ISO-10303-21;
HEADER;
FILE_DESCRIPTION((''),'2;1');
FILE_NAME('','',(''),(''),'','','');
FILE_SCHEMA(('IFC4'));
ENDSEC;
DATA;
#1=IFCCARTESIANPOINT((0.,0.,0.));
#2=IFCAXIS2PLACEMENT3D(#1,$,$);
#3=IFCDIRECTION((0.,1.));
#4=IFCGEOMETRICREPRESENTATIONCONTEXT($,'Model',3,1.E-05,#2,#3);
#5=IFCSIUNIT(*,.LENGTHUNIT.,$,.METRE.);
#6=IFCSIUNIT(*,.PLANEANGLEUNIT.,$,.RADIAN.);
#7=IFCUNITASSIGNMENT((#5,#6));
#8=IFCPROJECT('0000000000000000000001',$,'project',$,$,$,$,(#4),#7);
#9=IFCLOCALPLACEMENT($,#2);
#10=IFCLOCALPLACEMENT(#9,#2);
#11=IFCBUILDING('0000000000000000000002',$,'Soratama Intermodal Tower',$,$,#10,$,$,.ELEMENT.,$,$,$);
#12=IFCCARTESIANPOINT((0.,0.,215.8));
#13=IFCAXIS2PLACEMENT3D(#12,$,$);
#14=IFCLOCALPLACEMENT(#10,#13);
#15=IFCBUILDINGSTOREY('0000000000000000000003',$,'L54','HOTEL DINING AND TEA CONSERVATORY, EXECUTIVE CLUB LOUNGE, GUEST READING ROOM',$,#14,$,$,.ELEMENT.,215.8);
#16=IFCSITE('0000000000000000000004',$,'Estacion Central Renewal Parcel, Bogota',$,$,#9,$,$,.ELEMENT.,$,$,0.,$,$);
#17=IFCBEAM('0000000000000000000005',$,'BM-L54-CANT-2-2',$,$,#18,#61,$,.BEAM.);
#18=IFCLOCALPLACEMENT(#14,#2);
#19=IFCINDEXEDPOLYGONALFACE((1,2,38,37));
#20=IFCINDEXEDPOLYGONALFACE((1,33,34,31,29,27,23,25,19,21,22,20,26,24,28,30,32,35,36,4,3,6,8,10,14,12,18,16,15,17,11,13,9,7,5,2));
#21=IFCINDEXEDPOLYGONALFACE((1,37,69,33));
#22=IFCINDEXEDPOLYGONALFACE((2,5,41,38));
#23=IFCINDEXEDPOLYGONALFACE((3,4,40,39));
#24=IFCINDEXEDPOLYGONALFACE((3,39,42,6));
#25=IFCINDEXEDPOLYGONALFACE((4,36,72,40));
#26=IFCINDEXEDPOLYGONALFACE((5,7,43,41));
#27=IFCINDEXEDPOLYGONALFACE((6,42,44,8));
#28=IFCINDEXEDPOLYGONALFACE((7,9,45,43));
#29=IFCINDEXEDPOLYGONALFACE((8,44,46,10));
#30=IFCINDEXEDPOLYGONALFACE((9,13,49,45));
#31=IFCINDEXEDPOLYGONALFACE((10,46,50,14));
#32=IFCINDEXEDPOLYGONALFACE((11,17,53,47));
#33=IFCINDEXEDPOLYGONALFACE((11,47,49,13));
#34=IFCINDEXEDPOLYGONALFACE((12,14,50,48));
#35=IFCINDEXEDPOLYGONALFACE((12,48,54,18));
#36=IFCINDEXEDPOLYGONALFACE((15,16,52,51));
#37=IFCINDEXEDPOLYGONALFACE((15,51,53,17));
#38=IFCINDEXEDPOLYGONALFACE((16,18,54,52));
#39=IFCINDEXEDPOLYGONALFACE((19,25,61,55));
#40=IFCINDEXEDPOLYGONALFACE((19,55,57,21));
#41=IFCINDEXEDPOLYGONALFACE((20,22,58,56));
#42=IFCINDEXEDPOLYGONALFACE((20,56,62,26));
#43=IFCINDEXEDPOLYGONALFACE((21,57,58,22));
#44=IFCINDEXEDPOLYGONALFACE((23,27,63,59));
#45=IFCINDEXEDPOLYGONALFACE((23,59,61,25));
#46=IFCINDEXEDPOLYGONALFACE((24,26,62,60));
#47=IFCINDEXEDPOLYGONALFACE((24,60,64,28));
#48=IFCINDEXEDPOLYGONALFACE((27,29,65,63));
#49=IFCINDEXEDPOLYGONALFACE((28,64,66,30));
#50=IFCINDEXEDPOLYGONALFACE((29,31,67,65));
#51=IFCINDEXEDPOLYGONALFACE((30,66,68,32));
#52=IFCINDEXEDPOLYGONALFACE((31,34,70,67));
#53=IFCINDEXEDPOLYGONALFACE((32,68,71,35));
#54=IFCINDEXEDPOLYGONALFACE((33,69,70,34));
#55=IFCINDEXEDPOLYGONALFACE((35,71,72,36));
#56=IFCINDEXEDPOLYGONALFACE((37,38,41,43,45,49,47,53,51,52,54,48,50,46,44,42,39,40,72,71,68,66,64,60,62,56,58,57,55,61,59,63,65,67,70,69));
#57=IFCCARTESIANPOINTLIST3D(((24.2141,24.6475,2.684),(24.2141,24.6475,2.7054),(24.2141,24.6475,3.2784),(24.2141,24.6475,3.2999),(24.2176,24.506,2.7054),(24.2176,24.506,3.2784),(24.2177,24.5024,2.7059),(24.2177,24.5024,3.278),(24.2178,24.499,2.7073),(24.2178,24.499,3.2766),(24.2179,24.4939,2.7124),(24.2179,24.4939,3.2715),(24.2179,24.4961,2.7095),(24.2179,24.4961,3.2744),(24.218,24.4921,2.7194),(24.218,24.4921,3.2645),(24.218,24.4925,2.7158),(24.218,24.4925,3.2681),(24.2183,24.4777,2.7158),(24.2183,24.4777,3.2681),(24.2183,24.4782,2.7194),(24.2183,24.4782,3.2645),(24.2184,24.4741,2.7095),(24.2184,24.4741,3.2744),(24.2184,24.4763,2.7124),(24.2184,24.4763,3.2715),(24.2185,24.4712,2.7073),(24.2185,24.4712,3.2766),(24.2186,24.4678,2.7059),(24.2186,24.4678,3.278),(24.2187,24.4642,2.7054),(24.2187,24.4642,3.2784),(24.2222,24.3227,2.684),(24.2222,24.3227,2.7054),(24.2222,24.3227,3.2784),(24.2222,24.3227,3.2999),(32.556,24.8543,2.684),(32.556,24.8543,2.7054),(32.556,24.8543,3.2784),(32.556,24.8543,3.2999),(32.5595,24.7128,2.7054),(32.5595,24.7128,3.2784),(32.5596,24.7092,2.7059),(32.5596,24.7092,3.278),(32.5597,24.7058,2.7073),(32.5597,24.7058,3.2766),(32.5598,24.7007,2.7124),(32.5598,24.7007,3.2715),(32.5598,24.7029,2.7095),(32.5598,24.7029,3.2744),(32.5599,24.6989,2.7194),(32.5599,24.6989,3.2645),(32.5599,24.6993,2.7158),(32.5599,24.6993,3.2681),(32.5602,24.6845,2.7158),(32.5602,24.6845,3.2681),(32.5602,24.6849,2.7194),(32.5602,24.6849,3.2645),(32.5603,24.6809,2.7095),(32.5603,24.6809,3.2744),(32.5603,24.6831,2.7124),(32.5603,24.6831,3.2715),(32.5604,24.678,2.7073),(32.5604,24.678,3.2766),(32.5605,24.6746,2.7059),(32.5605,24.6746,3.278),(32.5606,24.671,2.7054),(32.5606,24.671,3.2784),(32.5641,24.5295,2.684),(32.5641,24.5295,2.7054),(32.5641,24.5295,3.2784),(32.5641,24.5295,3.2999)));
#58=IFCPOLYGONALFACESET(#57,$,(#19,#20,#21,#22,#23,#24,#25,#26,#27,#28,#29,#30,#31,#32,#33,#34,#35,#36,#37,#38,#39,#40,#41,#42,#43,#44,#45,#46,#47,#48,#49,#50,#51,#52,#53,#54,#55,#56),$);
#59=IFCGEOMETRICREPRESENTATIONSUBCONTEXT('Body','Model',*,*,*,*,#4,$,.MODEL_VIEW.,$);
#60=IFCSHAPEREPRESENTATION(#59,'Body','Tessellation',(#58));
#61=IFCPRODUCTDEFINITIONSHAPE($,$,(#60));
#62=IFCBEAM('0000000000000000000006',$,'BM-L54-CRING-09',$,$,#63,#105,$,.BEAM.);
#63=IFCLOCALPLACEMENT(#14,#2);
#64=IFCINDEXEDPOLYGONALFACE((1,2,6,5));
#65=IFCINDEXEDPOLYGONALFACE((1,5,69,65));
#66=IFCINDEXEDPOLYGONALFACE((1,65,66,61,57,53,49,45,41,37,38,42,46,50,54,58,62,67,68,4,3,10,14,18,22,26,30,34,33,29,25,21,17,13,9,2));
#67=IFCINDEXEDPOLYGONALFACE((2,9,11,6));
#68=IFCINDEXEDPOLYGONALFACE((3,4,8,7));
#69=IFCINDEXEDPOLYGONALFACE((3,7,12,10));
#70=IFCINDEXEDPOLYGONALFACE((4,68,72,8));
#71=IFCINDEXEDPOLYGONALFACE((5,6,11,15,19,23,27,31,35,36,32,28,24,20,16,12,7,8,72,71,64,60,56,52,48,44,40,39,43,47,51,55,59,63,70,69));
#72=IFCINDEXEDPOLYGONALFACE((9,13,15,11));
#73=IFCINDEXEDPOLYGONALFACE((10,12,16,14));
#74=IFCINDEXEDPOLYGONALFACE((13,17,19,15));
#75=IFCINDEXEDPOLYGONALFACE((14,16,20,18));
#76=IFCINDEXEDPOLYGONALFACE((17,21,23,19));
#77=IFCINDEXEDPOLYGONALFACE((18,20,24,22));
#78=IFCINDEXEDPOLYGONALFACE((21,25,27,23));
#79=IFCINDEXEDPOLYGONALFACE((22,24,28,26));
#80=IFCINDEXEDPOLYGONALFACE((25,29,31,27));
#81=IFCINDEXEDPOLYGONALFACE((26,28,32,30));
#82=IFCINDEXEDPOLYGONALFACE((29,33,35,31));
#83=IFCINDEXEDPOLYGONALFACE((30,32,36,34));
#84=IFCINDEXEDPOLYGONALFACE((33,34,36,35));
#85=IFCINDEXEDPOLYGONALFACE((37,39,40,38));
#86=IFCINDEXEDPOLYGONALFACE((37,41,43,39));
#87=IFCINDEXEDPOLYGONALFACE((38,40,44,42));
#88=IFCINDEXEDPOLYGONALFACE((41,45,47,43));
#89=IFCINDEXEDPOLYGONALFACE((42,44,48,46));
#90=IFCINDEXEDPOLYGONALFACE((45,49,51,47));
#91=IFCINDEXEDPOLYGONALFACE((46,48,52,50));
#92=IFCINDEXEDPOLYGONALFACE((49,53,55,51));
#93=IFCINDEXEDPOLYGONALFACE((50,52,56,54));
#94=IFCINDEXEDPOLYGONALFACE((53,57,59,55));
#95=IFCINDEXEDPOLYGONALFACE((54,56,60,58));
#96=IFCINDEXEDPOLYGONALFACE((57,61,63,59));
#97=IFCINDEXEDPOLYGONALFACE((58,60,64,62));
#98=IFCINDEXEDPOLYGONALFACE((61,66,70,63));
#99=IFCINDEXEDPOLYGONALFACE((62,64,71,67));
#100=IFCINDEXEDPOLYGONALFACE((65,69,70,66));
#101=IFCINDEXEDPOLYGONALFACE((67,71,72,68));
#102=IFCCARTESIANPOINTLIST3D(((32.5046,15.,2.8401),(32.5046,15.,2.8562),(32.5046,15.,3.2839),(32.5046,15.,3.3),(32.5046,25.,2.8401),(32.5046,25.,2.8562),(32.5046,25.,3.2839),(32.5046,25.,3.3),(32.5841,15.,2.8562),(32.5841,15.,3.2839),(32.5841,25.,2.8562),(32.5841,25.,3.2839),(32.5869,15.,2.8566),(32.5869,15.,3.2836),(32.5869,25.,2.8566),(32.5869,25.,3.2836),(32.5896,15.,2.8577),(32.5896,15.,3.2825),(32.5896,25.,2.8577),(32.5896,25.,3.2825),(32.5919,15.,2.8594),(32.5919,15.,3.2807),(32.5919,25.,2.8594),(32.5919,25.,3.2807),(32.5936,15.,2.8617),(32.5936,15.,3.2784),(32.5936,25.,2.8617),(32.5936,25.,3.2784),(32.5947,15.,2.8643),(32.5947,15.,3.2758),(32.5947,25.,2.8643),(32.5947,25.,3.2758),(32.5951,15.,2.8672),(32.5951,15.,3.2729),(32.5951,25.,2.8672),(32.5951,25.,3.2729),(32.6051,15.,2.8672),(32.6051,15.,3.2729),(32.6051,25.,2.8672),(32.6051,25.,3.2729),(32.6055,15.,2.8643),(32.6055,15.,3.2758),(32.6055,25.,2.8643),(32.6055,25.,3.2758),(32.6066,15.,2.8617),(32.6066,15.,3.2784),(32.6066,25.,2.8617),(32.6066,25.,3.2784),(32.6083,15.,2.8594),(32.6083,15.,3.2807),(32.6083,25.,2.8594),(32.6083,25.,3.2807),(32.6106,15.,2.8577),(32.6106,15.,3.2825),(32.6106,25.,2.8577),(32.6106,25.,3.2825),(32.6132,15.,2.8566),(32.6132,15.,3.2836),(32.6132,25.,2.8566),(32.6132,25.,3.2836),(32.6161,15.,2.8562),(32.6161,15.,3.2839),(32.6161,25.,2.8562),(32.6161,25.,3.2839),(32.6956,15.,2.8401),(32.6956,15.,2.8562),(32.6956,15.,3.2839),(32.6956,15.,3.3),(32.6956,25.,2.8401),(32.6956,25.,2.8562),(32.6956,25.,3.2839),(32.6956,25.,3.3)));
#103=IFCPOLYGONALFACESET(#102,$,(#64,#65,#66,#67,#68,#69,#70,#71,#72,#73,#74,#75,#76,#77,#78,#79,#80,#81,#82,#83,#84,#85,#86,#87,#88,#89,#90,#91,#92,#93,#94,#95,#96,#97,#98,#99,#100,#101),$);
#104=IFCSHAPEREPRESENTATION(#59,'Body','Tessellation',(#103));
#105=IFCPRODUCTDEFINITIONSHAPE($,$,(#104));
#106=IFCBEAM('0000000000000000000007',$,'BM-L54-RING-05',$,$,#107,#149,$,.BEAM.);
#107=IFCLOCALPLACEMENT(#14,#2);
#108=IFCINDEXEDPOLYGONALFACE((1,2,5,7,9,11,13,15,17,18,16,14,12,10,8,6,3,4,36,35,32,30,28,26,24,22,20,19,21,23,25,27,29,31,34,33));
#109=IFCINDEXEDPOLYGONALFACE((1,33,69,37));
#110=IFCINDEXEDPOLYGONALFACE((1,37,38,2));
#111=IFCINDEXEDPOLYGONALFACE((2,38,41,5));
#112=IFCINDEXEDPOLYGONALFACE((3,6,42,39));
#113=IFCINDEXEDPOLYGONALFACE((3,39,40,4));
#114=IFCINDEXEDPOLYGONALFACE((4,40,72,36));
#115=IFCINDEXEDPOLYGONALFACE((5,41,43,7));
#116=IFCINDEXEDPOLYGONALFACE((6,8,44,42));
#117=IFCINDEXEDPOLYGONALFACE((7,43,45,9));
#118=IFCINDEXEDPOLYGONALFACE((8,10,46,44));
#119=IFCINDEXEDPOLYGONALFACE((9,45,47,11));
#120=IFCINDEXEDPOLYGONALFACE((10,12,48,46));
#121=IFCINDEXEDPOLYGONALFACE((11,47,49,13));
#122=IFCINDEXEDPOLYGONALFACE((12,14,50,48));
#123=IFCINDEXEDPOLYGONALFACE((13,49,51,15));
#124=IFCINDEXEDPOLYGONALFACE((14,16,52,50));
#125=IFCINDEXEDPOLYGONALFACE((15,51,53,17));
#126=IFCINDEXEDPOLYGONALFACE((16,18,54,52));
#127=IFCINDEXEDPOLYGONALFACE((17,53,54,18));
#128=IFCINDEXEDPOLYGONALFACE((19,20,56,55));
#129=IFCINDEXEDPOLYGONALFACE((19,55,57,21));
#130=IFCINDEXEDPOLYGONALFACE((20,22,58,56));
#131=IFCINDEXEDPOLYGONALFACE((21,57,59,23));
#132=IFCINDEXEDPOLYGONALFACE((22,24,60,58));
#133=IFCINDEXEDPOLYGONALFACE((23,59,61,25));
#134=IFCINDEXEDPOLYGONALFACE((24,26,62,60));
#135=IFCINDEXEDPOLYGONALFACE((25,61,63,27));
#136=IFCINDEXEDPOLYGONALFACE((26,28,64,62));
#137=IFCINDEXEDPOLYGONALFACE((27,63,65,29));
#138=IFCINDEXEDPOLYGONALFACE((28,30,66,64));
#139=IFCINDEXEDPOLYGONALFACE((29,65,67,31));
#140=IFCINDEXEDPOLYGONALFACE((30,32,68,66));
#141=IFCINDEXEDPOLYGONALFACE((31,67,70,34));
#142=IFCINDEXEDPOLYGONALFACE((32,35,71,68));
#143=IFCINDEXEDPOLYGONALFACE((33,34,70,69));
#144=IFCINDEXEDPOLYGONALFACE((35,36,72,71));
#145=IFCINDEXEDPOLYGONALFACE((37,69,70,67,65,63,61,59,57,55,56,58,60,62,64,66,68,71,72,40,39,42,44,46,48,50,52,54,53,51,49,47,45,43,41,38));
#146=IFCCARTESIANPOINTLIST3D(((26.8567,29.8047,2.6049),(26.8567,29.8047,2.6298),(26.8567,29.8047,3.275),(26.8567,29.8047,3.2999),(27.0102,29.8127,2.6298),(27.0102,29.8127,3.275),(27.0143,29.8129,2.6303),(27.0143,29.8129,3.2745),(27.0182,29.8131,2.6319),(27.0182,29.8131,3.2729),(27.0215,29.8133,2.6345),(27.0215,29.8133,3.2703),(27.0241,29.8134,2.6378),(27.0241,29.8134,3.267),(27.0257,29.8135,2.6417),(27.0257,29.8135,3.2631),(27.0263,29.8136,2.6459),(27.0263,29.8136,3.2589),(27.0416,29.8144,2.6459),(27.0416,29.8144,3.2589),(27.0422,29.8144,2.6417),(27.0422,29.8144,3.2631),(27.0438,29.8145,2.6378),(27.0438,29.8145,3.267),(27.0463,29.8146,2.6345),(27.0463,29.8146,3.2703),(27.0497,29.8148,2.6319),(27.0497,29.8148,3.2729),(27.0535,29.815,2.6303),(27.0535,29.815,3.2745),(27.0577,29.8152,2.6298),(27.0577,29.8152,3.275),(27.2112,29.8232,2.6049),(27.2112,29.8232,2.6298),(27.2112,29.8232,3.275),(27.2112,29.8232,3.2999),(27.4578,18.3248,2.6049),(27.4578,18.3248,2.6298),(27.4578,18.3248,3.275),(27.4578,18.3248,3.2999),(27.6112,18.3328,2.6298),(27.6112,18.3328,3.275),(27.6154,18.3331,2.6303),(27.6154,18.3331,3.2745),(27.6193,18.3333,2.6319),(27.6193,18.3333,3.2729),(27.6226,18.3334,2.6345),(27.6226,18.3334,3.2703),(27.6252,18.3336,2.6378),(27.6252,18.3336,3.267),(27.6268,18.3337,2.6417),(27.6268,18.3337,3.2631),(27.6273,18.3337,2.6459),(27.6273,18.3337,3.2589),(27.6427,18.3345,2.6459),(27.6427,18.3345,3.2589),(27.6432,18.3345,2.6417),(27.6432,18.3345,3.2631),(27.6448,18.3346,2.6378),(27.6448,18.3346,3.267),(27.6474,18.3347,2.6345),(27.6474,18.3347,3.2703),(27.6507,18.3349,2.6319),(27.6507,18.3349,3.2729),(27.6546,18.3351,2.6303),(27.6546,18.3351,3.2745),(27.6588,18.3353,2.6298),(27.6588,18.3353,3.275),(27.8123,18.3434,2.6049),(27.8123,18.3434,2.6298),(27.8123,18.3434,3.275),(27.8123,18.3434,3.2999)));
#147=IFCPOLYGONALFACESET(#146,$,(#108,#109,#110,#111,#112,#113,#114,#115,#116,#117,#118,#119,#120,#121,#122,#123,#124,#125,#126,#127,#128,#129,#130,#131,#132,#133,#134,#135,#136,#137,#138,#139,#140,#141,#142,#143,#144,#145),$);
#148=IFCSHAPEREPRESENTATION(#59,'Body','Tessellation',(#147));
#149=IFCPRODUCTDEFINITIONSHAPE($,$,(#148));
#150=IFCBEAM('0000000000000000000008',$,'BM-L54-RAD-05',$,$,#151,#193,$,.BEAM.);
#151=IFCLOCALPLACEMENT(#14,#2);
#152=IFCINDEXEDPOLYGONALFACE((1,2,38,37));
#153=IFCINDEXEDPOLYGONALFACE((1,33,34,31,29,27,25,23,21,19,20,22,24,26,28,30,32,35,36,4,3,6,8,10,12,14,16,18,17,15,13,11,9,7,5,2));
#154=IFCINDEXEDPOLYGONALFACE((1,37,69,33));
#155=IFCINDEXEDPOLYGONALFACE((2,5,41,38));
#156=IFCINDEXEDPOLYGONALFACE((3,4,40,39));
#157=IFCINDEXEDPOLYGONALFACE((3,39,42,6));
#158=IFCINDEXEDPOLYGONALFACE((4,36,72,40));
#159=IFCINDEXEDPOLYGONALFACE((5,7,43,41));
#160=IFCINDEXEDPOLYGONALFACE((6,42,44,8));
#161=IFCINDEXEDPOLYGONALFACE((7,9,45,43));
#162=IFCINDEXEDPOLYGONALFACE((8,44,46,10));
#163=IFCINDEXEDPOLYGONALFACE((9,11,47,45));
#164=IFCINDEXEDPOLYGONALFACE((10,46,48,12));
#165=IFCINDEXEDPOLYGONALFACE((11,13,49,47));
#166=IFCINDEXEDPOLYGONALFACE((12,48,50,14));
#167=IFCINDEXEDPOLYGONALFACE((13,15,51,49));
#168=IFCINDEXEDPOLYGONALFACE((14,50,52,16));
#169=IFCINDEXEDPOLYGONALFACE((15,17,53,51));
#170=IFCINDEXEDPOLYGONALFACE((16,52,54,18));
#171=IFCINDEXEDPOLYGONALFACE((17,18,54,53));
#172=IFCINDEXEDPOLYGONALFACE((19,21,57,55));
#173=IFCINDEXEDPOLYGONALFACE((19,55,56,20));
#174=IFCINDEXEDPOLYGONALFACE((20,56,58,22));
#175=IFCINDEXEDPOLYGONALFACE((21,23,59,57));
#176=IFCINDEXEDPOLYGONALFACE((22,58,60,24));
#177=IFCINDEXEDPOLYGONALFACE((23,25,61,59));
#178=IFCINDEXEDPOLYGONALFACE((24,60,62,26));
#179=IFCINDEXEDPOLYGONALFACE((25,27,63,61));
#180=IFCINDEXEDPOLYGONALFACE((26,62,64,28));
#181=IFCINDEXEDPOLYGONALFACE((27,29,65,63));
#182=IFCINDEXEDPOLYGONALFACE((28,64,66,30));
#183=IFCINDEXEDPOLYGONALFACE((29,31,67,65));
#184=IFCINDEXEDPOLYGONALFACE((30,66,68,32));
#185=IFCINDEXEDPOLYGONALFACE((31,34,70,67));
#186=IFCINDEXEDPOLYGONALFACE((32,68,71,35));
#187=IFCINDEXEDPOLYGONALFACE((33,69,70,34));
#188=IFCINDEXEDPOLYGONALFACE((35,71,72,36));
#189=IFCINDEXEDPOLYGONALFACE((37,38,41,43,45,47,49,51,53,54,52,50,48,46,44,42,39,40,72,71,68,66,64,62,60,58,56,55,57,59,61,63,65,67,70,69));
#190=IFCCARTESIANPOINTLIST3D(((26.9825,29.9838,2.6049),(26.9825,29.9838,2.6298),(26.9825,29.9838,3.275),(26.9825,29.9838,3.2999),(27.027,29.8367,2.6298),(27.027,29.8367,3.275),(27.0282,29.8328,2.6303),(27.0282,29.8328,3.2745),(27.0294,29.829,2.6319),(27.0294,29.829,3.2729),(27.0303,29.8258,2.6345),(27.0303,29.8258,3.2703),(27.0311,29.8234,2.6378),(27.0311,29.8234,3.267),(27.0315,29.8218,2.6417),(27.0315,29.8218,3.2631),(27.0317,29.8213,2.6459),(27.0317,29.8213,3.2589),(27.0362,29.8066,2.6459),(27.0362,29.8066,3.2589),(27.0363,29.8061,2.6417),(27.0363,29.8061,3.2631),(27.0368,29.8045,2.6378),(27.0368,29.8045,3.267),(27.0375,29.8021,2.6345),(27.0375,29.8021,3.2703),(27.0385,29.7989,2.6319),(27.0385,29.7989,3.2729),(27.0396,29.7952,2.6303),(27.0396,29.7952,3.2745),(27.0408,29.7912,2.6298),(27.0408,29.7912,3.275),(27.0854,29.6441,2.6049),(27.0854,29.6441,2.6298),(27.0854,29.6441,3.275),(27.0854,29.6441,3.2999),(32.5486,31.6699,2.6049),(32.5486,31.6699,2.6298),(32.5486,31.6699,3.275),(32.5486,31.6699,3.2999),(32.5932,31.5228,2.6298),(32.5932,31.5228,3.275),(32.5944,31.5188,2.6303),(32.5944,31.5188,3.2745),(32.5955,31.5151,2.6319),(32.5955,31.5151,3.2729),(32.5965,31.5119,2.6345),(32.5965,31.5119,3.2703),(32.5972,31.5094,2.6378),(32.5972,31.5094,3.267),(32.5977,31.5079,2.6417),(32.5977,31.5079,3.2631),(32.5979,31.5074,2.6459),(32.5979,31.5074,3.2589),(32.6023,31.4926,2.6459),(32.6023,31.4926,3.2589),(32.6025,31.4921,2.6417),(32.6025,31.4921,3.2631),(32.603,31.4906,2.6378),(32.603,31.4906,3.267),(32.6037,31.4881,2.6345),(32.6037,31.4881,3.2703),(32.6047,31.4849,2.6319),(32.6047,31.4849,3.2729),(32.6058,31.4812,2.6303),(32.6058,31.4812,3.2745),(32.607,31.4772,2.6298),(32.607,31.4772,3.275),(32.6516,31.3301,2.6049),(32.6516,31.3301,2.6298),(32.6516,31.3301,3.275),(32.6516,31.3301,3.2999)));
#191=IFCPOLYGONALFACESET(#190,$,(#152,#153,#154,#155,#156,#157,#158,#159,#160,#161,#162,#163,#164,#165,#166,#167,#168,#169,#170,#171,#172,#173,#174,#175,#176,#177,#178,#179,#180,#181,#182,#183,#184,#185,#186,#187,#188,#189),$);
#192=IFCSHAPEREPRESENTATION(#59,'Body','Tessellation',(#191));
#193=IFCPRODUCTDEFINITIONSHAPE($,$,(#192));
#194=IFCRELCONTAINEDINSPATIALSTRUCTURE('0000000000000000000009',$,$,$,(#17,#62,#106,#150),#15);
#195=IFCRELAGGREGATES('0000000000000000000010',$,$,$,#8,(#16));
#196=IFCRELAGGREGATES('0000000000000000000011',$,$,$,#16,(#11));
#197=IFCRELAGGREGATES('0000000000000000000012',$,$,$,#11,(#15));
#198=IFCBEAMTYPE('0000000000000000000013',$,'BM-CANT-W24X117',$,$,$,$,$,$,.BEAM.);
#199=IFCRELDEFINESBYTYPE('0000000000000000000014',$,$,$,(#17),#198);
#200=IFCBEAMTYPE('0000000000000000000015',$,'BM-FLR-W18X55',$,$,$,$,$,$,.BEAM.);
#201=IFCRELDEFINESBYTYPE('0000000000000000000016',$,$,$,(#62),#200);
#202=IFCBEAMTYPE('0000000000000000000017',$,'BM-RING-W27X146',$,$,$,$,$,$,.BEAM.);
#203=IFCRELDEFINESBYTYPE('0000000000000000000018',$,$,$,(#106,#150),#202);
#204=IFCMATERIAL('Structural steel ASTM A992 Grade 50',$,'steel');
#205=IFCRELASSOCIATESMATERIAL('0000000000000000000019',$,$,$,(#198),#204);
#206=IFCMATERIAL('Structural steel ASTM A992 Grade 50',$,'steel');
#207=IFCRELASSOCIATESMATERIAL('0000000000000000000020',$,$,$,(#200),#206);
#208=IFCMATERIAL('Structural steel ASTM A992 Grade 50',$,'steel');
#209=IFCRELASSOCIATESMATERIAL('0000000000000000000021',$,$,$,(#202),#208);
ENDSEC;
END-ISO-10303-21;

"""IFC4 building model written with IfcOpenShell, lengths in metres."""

from ifc_helpers import new_model, si_unit, direction, frame, origin, origin_2d, place, context, subcontext, project, spatial, i_section, extrude, material, material_profile, profile_set, type_object, element, save


model = new_model("IFC4")

# Units and contexts
model_context = context("Model", 3, precision=1e-05, world=origin(), true_north=direction((0.0, 1.0)))
body_context = subcontext(model_context, "Body", "Model", "MODEL_VIEW")
ifc_project = project(units=[si_unit("LENGTHUNIT", "METRE"), si_unit("PLANEANGLEUNIT", "RADIAN")], contexts=[model_context])

# Site, building, storey
site_placement = place(None, origin())
site = spatial("IfcSite", under=ifc_project, at=site_placement, Name="Estacion Central Renewal Parcel, Bogota", CompositionType="ELEMENT", RefElevation=0.0)
building_placement = place(site_placement, origin())
building = spatial("IfcBuilding", under=site, at=building_placement, Name="Soratama Intermodal Tower", CompositionType="ELEMENT")
storey_placement = place(building_placement, frame((0.0, 0.0, 215.8)))
storey = spatial("IfcBuildingStorey", under=building, at=storey_placement, Name="L54", Description="HOTEL DINING AND TEA CONSERVATORY, EXECUTIVE CLUB LOUNGE, GUEST READING ROOM", CompositionType="ELEMENT", Elevation=215.8)

# Beams
ifc_material_1 = material(Name="Structural steel ASTM A992 Grade 50", Category="steel")
ifc_material_profile_1 = material_profile(ifc_material_1, i_section(OverallWidth=0.325, OverallDepth=0.616, WebThickness=0.0139, FlangeThickness=0.0215, FilletRadius=0.0139, at=origin_2d()), Name="W24X117")
ifc_profile_set_1 = profile_set([ifc_material_profile_1], Name="Structural steel ASTM A992 Grade 50")
beam_type_1 = type_object("IfcBeamType", Name="BM-CANT-W24X117", PredefinedType="BEAM", material=ifc_profile_set_1)
beam_1_placement = place(storey_placement, frame((32.5601, 24.6919, 2.9919), z_axis=(-0.999693, -0.024781, 0.0), x_axis=(0.024781, -0.999693, 0.0)))
element("IfcBeam", 1, at=beam_1_placement, inside=storey, type_object=beam_type_1, Name="BM-L54-CANT-2-2", PredefinedType="BEAM", context=body_context, shape_type="SweptSolid", body=[
    extrude(i_section(OverallWidth=0.325, OverallDepth=0.616, WebThickness=0.0139, FlangeThickness=0.0215, FilletRadius=0.0139, at=origin_2d()), origin(), (0.0, 0.0, 1.0), 8.3445),
])
ifc_material_2 = material(Name="Structural steel ASTM A992 Grade 50", Category="steel")
ifc_material_profile_2 = material_profile(ifc_material_2, i_section(OverallWidth=0.1909, OverallDepth=0.46, WebThickness=0.01, FlangeThickness=0.0161, FilletRadius=0.011, at=origin_2d()), Name="W18X55")
ifc_profile_set_2 = profile_set([ifc_material_profile_2], Name="Structural steel ASTM A992 Grade 50")
beam_type_2 = type_object("IfcBeamType", Name="BM-FLR-W18X55", PredefinedType="BEAM", material=ifc_profile_set_2)
beam_2_placement = place(storey_placement, frame((32.6001, 25.0, 3.0701), z_axis=(0.0, -1.0, 0.0), x_axis=(1.0, 0.0, 0.0)))
element("IfcBeam", 2, at=beam_2_placement, inside=storey, type_object=beam_type_2, Name="BM-L54-CRING-09", PredefinedType="BEAM", context=body_context, shape_type="SweptSolid", body=[
    extrude(i_section(OverallWidth=0.1909, OverallDepth=0.46, WebThickness=0.01, FlangeThickness=0.0161, FilletRadius=0.011, at=origin_2d()), origin(), (0.0, 0.0, 1.0), 10.0),
])
ifc_material_3 = material(Name="Structural steel ASTM A992 Grade 50", Category="steel")
ifc_material_profile_3 = material_profile(ifc_material_3, i_section(OverallWidth=0.355, OverallDepth=0.6951, WebThickness=0.0154, FlangeThickness=0.0249, FilletRadius=0.0161, at=origin_2d()), Name="W27X146")
ifc_profile_set_3 = profile_set([ifc_material_profile_3], Name="Structural steel ASTM A992 Grade 50")
beam_type_3 = type_object("IfcBeamType", Name="BM-RING-W27X146", PredefinedType="BEAM", material=ifc_profile_set_3)
beam_3_placement = place(storey_placement, frame((27.0339, 29.814, 2.9524), z_axis=(0.052287, -0.998632, 0.0), x_axis=(0.998632, 0.052287, 0.0)))
element("IfcBeam", 3, at=beam_3_placement, inside=storey, type_object=beam_type_3, Name="BM-L54-RING-05", PredefinedType="BEAM", context=body_context, shape_type="SweptSolid", body=[
    extrude(i_section(OverallWidth=0.355, OverallDepth=0.6951, WebThickness=0.0154, FlangeThickness=0.0249, FilletRadius=0.0161, at=origin_2d()), origin(), (0.0, 0.0, 1.0), 11.4956),
])
beam_4_placement = place(storey_placement, frame((32.6001, 31.5, 2.9524), z_axis=(-0.957057, -0.2899, 0.0), x_axis=(0.2899, -0.957057, 0.0)))
element("IfcBeam", 4, at=beam_4_placement, inside=storey, type_object=beam_type_3, Name="BM-L54-RAD-05", PredefinedType="BEAM", context=body_context, shape_type="SweptSolid", body=[
    extrude(i_section(OverallWidth=0.355, OverallDepth=0.6951, WebThickness=0.0154, FlangeThickness=0.0249, FilletRadius=0.0161, at=origin_2d()), origin(), (0.0, 0.0, 1.0), 5.8159),
])

save(model, "model.ifc")
